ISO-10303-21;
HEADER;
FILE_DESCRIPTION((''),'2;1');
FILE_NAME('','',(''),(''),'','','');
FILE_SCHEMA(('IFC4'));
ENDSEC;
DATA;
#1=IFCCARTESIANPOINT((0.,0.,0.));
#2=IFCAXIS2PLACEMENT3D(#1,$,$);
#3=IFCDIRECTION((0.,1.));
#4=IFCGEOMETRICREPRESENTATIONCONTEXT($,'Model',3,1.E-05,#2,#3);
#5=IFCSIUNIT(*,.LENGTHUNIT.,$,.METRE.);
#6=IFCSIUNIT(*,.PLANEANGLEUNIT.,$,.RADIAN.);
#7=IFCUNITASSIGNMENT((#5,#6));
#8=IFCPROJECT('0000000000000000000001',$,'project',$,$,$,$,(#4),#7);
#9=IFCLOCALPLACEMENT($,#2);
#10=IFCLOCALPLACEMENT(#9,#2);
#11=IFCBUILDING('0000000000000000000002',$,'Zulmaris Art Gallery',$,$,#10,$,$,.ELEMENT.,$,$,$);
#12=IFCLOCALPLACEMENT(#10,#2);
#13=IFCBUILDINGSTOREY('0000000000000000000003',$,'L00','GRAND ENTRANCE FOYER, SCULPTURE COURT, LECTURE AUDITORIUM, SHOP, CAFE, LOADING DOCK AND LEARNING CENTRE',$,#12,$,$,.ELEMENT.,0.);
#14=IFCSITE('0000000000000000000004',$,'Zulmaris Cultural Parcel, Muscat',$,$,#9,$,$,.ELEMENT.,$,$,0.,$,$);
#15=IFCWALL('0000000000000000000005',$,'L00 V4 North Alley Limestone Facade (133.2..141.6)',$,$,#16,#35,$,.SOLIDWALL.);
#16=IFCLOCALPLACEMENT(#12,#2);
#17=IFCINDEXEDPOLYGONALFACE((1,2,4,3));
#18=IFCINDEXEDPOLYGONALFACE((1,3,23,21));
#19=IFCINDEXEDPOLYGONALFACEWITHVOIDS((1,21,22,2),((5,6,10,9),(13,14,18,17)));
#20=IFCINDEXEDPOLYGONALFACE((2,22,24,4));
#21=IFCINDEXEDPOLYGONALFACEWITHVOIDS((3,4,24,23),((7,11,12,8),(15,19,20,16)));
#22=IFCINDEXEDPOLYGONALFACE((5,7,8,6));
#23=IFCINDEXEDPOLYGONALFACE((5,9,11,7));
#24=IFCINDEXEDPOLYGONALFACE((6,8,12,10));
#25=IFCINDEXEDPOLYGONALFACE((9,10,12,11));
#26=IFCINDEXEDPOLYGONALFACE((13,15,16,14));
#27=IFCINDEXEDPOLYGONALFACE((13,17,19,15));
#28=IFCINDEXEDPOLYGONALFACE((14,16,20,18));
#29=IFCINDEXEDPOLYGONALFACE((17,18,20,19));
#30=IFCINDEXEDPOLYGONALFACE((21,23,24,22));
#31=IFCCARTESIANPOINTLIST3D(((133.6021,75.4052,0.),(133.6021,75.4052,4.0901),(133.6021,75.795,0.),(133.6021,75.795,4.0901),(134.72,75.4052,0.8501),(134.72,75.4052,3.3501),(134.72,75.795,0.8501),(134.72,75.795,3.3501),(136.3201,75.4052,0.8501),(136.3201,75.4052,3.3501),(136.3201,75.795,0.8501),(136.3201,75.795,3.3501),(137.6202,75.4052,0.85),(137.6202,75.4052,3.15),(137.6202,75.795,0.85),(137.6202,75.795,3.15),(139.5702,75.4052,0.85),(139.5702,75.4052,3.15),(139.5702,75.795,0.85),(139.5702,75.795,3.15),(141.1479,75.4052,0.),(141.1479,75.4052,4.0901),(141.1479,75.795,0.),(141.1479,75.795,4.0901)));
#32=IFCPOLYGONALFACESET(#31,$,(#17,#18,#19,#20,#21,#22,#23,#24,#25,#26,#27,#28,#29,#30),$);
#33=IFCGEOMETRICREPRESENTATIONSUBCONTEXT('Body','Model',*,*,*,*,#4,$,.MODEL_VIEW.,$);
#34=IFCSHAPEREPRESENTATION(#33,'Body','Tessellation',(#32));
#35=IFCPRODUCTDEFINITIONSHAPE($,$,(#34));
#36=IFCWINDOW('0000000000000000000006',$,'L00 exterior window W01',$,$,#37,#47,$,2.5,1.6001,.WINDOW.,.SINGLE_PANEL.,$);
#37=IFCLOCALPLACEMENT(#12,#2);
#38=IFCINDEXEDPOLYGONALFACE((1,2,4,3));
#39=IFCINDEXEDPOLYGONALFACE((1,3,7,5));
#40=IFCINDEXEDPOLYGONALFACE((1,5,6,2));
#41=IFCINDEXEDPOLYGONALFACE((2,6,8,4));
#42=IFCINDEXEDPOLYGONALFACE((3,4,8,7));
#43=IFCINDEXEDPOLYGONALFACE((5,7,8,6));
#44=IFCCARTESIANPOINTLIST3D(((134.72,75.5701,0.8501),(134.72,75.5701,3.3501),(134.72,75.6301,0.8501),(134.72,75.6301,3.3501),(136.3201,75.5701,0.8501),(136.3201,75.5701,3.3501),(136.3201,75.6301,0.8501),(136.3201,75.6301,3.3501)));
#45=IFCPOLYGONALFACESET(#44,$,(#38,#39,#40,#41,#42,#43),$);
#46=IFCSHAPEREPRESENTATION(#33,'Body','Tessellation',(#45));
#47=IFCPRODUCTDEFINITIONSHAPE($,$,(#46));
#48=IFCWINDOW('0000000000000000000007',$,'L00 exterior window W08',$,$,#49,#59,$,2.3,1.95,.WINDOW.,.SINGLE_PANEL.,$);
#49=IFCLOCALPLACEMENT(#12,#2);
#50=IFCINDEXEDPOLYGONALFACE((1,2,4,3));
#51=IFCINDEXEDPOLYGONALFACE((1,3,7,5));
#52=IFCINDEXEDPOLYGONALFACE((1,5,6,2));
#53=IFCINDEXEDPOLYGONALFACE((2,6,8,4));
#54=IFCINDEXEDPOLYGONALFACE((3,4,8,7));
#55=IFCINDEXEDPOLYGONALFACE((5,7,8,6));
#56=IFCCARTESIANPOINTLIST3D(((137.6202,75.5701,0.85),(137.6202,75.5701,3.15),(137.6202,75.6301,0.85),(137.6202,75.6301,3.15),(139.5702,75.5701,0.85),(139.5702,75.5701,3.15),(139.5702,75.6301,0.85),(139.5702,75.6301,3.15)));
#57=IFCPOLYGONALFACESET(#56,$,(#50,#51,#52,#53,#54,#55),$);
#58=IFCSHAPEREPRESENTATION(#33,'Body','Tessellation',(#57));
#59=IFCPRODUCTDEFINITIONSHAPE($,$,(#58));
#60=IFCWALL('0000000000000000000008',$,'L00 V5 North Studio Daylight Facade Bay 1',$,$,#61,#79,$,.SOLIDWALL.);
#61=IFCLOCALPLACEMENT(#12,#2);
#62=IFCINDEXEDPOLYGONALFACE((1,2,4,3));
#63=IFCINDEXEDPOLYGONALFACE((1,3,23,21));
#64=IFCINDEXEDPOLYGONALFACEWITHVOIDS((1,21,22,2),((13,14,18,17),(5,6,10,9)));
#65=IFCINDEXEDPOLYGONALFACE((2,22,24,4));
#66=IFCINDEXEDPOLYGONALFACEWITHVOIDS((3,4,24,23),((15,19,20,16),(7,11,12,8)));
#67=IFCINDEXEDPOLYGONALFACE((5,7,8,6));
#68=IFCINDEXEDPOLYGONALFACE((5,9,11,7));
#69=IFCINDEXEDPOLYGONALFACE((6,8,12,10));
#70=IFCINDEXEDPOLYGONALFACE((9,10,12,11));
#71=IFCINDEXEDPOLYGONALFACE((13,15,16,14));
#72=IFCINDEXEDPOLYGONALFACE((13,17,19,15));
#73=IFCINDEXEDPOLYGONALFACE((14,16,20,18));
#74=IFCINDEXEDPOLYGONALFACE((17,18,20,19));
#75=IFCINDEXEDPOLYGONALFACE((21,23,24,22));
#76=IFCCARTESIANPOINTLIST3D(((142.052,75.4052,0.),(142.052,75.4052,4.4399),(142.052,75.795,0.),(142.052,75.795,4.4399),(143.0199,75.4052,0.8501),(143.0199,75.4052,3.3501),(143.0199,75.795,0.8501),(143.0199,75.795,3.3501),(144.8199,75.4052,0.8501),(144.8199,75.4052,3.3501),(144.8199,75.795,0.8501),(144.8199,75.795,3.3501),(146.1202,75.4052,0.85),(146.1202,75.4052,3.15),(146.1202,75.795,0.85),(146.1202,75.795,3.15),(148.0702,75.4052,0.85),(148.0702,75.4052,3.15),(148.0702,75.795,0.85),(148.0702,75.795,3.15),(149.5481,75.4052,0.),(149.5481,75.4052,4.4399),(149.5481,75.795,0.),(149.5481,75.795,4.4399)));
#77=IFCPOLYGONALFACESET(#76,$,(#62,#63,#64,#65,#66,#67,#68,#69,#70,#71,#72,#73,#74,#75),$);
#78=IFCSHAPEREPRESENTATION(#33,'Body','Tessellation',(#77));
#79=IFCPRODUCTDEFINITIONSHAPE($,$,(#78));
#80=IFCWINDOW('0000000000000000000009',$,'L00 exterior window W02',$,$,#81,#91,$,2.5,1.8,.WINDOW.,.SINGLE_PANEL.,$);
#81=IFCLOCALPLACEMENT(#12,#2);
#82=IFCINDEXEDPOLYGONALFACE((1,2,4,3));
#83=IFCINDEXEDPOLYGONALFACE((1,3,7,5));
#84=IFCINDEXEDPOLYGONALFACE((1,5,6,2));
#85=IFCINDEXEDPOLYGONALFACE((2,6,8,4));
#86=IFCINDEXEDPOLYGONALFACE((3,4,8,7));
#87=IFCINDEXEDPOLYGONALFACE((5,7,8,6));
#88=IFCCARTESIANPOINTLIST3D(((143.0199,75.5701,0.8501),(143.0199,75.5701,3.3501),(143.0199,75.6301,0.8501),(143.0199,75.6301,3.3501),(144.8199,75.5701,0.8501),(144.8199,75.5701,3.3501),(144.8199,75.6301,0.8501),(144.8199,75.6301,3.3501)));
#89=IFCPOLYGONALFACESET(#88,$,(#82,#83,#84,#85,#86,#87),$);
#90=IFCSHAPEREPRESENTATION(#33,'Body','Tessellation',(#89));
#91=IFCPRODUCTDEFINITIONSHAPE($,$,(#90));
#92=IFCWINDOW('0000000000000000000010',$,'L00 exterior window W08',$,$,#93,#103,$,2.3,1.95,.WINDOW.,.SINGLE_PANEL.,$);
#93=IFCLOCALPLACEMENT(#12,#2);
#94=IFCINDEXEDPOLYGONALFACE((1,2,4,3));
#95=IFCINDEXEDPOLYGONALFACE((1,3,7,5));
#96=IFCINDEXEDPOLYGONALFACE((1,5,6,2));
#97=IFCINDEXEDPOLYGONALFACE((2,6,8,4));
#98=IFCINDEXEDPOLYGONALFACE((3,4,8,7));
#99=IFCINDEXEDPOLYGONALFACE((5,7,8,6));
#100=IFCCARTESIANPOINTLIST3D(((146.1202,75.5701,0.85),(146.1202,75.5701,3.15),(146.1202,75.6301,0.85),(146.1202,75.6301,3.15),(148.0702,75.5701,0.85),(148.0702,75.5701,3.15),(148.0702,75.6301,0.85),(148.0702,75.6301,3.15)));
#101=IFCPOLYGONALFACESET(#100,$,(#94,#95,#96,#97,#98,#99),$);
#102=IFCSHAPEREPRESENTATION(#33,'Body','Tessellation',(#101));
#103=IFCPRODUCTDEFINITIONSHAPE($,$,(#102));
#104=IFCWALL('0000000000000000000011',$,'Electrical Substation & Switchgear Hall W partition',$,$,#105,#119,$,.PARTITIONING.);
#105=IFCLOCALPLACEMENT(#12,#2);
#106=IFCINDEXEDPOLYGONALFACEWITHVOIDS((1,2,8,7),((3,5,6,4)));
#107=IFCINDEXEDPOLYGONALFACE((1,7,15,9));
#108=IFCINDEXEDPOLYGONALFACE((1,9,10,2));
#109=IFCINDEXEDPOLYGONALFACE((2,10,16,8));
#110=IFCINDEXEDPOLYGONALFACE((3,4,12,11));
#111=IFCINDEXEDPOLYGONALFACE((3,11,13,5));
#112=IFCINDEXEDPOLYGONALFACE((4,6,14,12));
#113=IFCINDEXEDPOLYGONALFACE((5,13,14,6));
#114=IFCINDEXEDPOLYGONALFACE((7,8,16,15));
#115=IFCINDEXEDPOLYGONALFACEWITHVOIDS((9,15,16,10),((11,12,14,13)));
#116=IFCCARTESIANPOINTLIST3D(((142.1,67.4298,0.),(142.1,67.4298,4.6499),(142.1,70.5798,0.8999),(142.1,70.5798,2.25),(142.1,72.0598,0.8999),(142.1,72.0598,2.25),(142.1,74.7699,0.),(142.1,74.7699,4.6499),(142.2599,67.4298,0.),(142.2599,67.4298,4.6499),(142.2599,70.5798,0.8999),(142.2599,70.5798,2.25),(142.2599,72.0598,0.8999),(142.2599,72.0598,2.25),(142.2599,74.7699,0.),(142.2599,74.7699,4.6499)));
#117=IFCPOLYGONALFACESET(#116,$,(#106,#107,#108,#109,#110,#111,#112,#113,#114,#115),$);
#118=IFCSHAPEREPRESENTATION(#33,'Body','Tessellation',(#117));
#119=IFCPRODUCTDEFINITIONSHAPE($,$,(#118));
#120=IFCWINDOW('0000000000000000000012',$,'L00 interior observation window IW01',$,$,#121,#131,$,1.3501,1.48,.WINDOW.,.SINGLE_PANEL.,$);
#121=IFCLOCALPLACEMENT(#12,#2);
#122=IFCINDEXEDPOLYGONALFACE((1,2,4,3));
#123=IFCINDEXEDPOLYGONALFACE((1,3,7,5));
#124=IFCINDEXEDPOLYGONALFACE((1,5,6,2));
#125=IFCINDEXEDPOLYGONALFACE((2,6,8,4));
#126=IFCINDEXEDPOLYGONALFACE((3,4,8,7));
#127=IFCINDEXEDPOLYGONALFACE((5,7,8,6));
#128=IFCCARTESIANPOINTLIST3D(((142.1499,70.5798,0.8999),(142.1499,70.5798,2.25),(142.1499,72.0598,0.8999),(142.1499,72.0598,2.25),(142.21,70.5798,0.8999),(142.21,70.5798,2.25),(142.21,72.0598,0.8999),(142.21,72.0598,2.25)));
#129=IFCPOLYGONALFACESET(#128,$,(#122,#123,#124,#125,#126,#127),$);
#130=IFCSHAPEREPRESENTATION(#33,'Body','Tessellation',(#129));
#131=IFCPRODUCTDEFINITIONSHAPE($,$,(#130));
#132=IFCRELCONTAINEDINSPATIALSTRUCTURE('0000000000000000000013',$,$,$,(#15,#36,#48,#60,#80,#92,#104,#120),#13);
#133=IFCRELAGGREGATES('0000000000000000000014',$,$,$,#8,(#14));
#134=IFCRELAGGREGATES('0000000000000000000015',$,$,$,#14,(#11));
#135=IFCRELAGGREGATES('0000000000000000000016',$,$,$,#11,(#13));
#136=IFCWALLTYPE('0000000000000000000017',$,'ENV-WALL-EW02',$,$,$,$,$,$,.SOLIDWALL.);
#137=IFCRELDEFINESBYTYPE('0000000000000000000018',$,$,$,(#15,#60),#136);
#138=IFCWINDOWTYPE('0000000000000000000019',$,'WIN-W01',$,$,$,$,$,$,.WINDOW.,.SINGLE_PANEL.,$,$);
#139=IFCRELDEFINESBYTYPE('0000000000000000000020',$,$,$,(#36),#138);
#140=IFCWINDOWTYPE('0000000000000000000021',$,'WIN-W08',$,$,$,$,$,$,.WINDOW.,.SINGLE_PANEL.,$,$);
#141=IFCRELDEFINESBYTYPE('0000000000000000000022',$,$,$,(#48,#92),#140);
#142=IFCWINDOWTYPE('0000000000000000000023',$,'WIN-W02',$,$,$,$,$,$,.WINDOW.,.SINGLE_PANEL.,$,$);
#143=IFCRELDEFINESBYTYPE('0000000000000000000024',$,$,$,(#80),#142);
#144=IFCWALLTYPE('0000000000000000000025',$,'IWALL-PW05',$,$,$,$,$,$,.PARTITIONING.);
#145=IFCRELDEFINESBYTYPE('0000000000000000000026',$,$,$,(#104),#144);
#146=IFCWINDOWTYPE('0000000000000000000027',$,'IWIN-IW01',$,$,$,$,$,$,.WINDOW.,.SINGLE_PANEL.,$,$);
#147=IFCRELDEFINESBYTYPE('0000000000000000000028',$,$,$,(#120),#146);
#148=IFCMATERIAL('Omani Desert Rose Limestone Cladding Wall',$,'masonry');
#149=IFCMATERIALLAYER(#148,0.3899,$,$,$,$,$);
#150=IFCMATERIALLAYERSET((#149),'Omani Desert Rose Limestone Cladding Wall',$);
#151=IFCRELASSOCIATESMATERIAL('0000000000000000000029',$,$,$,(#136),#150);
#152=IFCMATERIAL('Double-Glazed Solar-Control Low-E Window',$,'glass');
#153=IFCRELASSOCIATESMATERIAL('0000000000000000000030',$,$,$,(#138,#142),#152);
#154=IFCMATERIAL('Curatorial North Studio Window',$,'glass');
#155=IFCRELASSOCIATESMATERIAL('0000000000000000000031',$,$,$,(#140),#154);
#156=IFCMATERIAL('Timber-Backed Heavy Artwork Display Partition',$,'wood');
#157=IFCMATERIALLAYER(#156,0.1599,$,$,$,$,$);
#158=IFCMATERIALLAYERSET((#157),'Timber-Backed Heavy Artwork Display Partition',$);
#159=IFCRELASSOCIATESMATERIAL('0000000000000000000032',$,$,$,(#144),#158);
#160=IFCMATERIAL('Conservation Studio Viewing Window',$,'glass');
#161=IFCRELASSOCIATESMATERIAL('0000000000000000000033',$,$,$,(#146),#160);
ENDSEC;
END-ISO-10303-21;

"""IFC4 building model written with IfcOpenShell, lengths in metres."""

from ifc_helpers import new_model, si_unit, direction, frame, frame_2d, origin, place, context, subcontext, project, spatial, rectangle, extrude, material, layer, layer_set, type_object, element, fill, save


model = new_model("IFC4")

# Units and contexts
model_context = context("Model", 3, precision=1e-05, world=origin(), true_north=direction((0.0, 1.0)))
body_context = subcontext(model_context, "Body", "Model", "MODEL_VIEW")
ifc_project = project(units=[si_unit("LENGTHUNIT", "METRE"), si_unit("PLANEANGLEUNIT", "RADIAN")], contexts=[model_context])

# Site, building, storey
site_placement = place(None, origin())
site = spatial("IfcSite", under=ifc_project, at=site_placement, Name="Zulmaris Cultural Parcel, Muscat", CompositionType="ELEMENT", RefElevation=0.0)
building_placement = place(site_placement, origin())
building = spatial("IfcBuilding", under=site, at=building_placement, Name="Zulmaris Art Gallery", CompositionType="ELEMENT")
storey_placement = place(building_placement, origin())
storey = spatial("IfcBuildingStorey", under=building, at=storey_placement, Name="L00", Description="GRAND ENTRANCE FOYER, SCULPTURE COURT, LECTURE AUDITORIUM, SHOP, CAFE, LOADING DOCK AND LEARNING CENTRE", CompositionType="ELEMENT", Elevation=0.0)

# Walls, openings, windows
ifc_material_1 = material(Name="Omani Desert Rose Limestone Cladding Wall", Category="masonry")
ifc_layer_1 = layer(ifc_material_1, 0.3899)
ifc_layer_set_1 = layer_set([ifc_layer_1], Name="Omani Desert Rose Limestone Cladding Wall")
wall_type_1 = type_object("IfcWallType", Name="ENV-WALL-EW02", PredefinedType="SOLIDWALL", material=ifc_layer_set_1)
wall_1_placement = place(storey_placement, frame((133.6021, 75.6001, 0.0), z_axis=(0.0, 0.0, 1.0), x_axis=(1.0, 0.0, 0.0)))
wall_1 = element("IfcWall", 1, at=wall_1_placement, inside=storey, type_object=wall_type_1, Name="L00 V4 North Alley Limestone Facade (133.2..141.6)", PredefinedType="SOLIDWALL", context=body_context, shape_type="SweptSolid", body=[
    extrude(rectangle(XDim=7.5459, YDim=0.3899, at=frame_2d((3.7729, 0.0))), origin(), (0.0, 0.0, 1.0), 4.0901),
])
opening_1_placement = place(wall_1_placement, frame((1.1179, 0.0, 0.8501)))
opening_1 = element("IfcOpeningElement", 2, at=opening_1_placement, cuts=wall_1, PredefinedType="OPENING", context=body_context, shape_type="SweptSolid", body=[
    extrude(rectangle(XDim=1.6001, YDim=2.5, at=frame_2d((0.8, 1.25))), frame((0.0, 0.2048, 0.0), z_axis=(0.0, -1.0, 0.0), x_axis=(1.0, 0.0, 0.0)), (0.0, 0.0, 1.0), 0.4099),
])
opening_2_placement = place(wall_1_placement, frame((4.0181, 0.0, 0.8501)))
opening_2 = element("IfcOpeningElement", 3, at=opening_2_placement, cuts=wall_1, PredefinedType="OPENING", context=body_context, shape_type="SweptSolid", body=[
    extrude(rectangle(XDim=1.95, YDim=2.3, at=frame_2d((0.9751, 1.1499))), frame((0.0, 0.2048, 0.0), z_axis=(0.0, -1.0, 0.0), x_axis=(1.0, 0.0, 0.0)), (0.0, 0.0, 1.0), 0.4099),
])
ifc_material_2 = material(Name="Double-Glazed Solar-Control Low-E Window", Category="glass")
window_type_1 = type_object("IfcWindowType", Name="WIN-W01", PartitioningType="SINGLE_PANEL", PredefinedType="WINDOW", material=ifc_material_2)
window_1_placement = place(opening_1_placement, origin())
window_1 = element("IfcWindow", 4, at=window_1_placement, inside=storey, type_object=window_type_1, Name="L00 exterior window W01", OverallHeight=2.5, OverallWidth=1.6001, PartitioningType="SINGLE_PANEL", PredefinedType="WINDOW", context=body_context, shape_type="SweptSolid", body=[
    extrude(rectangle(XDim=1.6001, YDim=2.5, at=frame_2d((0.8, 1.25))), frame((0.0, 0.03, 0.0), z_axis=(0.0, -1.0, 0.0), x_axis=(1.0, 0.0, 0.0)), (0.0, 0.0, 1.0), 0.0601),
])
fill(opening_1, window_1)
ifc_material_3 = material(Name="Curatorial North Studio Window", Category="glass")
window_type_2 = type_object("IfcWindowType", Name="WIN-W08", PartitioningType="SINGLE_PANEL", PredefinedType="WINDOW", material=ifc_material_3)
window_2_placement = place(opening_2_placement, origin())
window_2 = element("IfcWindow", 5, at=window_2_placement, inside=storey, type_object=window_type_2, Name="L00 exterior window W08", OverallHeight=2.3, OverallWidth=1.95, PartitioningType="SINGLE_PANEL", PredefinedType="WINDOW", context=body_context, shape_type="SweptSolid", body=[
    extrude(rectangle(XDim=1.95, YDim=2.3, at=frame_2d((0.9751, 1.1499))), frame((0.0, 0.03, 0.0), z_axis=(0.0, -1.0, 0.0), x_axis=(1.0, 0.0, 0.0)), (0.0, 0.0, 1.0), 0.0601),
])
fill(opening_2, window_2)
wall_2_placement = place(storey_placement, frame((142.052, 75.6001, 0.0), z_axis=(0.0, 0.0, 1.0), x_axis=(1.0, 0.0, 0.0)))
wall_2 = element("IfcWall", 6, at=wall_2_placement, inside=storey, type_object=wall_type_1, Name="L00 V5 North Studio Daylight Facade Bay 1", PredefinedType="SOLIDWALL", context=body_context, shape_type="SweptSolid", body=[
    extrude(rectangle(XDim=7.4961, YDim=0.3899, at=frame_2d((3.748, 0.0))), origin(), (0.0, 0.0, 1.0), 4.4399),
])
opening_3_placement = place(wall_2_placement, frame((0.968, 0.0, 0.8501)))
opening_3 = element("IfcOpeningElement", 7, at=opening_3_placement, cuts=wall_2, PredefinedType="OPENING", context=body_context, shape_type="SweptSolid", body=[
    extrude(rectangle(XDim=1.8, YDim=2.5, at=frame_2d((0.8999, 1.25))), frame((0.0, 0.2048, 0.0), z_axis=(0.0, -1.0, 0.0), x_axis=(1.0, 0.0, 0.0)), (0.0, 0.0, 1.0), 0.4099),
])
opening_4_placement = place(wall_2_placement, frame((4.0681, 0.0, 0.8501)))
opening_4 = element("IfcOpeningElement", 8, at=opening_4_placement, cuts=wall_2, PredefinedType="OPENING", context=body_context, shape_type="SweptSolid", body=[
    extrude(rectangle(XDim=1.95, YDim=2.3, at=frame_2d((0.9751, 1.1499))), frame((0.0, 0.2048, 0.0), z_axis=(0.0, -1.0, 0.0), x_axis=(1.0, 0.0, 0.0)), (0.0, 0.0, 1.0), 0.4099),
])
window_type_3 = type_object("IfcWindowType", Name="WIN-W02", PartitioningType="SINGLE_PANEL", PredefinedType="WINDOW", material=ifc_material_2)
window_3_placement = place(opening_3_placement, origin())
window_3 = element("IfcWindow", 9, at=window_3_placement, inside=storey, type_object=window_type_3, Name="L00 exterior window W02", OverallHeight=2.5, OverallWidth=1.8, PartitioningType="SINGLE_PANEL", PredefinedType="WINDOW", context=body_context, shape_type="SweptSolid", body=[
    extrude(rectangle(XDim=1.8, YDim=2.5, at=frame_2d((0.8999, 1.25))), frame((0.0, 0.03, 0.0), z_axis=(0.0, -1.0, 0.0), x_axis=(1.0, 0.0, 0.0)), (0.0, 0.0, 1.0), 0.0601),
])
fill(opening_3, window_3)
window_4_placement = place(opening_4_placement, origin())
window_4 = element("IfcWindow", 10, at=window_4_placement, inside=storey, type_object=window_type_2, Name="L00 exterior window W08", OverallHeight=2.3, OverallWidth=1.95, PartitioningType="SINGLE_PANEL", PredefinedType="WINDOW", context=body_context, shape_type="SweptSolid", body=[
    extrude(rectangle(XDim=1.95, YDim=2.3, at=frame_2d((0.9751, 1.1499))), frame((0.0, 0.03, 0.0), z_axis=(0.0, -1.0, 0.0), x_axis=(1.0, 0.0, 0.0)), (0.0, 0.0, 1.0), 0.0601),
])
fill(opening_4, window_4)

# Wall, opening, window
ifc_material_4 = material(Name="Timber-Backed Heavy Artwork Display Partition", Category="wood")
ifc_layer_2 = layer(ifc_material_4, 0.1599)
ifc_layer_set_2 = layer_set([ifc_layer_2], Name="Timber-Backed Heavy Artwork Display Partition")
wall_type_2 = type_object("IfcWallType", Name="IWALL-PW05", PredefinedType="PARTITIONING", material=ifc_layer_set_2)
wall_3_placement = place(storey_placement, frame((142.1799, 67.4299, 0.0), z_axis=(0.0, 0.0, 1.0), x_axis=(0.0, 1.0, 0.0)))
wall_3 = element("IfcWall", 11, at=wall_3_placement, inside=storey, type_object=wall_type_2, Name="Electrical Substation & Switchgear Hall W partition", PredefinedType="PARTITIONING", context=body_context, shape_type="SweptSolid", body=[
    extrude(rectangle(XDim=7.3401, YDim=0.1599, at=frame_2d((3.6699, 0.0))), origin(), (0.0, 0.0, 1.0), 4.6499),
])
opening_5_placement = place(wall_3_placement, frame((3.1499, 0.0, 0.8999)))
opening_5 = element("IfcOpeningElement", 12, at=opening_5_placement, cuts=wall_3, PredefinedType="OPENING", context=body_context, shape_type="SweptSolid", body=[
    extrude(rectangle(XDim=1.48, YDim=1.3501, at=frame_2d((0.74, 0.675))), frame((0.0, 0.0898, 0.0), z_axis=(0.0, -1.0, 0.0), x_axis=(1.0, 0.0, 0.0)), (0.0, 0.0, 1.0), 0.1799),
])
ifc_material_5 = material(Name="Conservation Studio Viewing Window", Category="glass")
window_type_4 = type_object("IfcWindowType", Name="IWIN-IW01", PartitioningType="SINGLE_PANEL", PredefinedType="WINDOW", material=ifc_material_5)
window_5_placement = place(opening_5_placement, origin())
window_5 = element("IfcWindow", 13, at=window_5_placement, inside=storey, type_object=window_type_4, Name="L00 interior observation window IW01", OverallHeight=1.3501, OverallWidth=1.48, PartitioningType="SINGLE_PANEL", PredefinedType="WINDOW", context=body_context, shape_type="SweptSolid", body=[
    extrude(rectangle(XDim=1.48, YDim=1.3501, at=frame_2d((0.74, 0.675))), frame((0.0, 0.03, 0.0), z_axis=(0.0, -1.0, 0.0), x_axis=(1.0, 0.0, 0.0)), (0.0, 0.0, 1.0), 0.0601),
])
fill(opening_5, window_5)

save(model, "model.ifc")
